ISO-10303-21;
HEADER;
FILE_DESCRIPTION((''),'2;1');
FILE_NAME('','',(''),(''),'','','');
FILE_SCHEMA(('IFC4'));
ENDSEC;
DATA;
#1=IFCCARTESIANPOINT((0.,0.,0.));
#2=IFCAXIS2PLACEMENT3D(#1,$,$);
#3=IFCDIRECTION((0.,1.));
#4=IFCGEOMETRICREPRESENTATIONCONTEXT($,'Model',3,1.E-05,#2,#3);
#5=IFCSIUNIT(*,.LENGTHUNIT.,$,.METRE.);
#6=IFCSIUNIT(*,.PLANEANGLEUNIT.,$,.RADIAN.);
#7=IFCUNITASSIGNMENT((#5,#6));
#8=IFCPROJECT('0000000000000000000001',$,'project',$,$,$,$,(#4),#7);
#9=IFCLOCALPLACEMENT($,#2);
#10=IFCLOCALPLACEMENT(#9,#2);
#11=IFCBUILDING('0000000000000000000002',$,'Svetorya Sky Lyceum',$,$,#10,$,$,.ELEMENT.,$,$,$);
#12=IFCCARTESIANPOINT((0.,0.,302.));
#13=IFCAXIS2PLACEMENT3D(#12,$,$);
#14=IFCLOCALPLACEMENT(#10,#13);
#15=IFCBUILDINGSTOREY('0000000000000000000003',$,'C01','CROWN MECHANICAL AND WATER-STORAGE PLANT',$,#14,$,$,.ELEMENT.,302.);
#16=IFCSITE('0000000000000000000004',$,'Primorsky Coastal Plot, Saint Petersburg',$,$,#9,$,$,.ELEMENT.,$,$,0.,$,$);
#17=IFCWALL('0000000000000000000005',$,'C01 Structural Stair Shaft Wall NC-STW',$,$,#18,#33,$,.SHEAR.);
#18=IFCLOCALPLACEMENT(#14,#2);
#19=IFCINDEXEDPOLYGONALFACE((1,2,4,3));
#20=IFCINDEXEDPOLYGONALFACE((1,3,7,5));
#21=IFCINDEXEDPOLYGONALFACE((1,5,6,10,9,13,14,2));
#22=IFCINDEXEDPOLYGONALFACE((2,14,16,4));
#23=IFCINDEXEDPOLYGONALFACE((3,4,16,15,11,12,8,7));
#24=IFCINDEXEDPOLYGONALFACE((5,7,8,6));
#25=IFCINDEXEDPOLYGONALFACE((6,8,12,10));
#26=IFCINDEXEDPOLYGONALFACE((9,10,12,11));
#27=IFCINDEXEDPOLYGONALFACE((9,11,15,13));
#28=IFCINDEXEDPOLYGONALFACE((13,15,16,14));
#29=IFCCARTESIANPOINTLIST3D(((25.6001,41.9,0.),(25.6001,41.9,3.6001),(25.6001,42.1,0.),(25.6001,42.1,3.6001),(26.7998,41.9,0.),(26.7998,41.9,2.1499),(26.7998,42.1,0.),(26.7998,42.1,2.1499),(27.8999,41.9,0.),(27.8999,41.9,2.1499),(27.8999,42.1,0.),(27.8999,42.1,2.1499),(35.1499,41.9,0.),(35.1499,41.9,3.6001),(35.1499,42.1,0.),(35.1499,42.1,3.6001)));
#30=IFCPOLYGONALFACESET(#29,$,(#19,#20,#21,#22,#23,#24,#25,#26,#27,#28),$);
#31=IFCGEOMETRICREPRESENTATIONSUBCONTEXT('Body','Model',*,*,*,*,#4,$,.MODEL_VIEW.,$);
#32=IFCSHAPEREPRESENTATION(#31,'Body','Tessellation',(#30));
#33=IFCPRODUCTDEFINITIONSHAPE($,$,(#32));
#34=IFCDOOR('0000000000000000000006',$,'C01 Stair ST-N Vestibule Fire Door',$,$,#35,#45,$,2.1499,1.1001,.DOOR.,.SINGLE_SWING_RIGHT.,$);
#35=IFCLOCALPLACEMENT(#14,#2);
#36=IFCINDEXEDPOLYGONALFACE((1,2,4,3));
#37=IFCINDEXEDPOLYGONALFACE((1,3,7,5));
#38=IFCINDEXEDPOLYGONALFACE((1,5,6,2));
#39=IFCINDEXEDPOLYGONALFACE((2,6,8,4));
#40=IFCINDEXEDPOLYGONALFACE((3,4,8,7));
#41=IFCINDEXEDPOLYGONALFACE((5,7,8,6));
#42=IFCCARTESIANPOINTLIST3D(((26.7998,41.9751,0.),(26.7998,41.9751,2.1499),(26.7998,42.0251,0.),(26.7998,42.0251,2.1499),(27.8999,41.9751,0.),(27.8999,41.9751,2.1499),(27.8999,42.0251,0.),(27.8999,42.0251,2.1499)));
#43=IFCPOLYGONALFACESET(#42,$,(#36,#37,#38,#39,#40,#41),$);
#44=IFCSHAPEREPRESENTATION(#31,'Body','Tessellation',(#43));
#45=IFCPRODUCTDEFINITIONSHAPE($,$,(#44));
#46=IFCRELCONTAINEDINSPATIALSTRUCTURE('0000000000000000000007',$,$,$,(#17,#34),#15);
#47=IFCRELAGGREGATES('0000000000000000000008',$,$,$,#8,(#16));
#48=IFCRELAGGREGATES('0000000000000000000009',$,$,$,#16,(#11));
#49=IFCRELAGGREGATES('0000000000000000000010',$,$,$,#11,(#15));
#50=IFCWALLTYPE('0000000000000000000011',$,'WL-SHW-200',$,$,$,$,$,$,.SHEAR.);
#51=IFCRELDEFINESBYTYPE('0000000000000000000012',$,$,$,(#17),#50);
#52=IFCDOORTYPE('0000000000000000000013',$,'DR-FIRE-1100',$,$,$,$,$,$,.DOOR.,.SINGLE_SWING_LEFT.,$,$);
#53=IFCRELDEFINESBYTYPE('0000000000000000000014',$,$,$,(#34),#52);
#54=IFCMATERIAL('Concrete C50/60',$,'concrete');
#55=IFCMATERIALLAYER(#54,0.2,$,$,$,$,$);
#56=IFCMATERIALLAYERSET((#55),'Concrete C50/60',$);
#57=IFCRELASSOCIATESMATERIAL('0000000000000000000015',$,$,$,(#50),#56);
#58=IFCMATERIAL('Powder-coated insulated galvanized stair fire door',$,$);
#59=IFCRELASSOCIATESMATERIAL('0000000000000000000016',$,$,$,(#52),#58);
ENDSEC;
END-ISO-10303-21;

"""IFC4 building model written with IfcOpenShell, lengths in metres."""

from ifc_helpers import new_model, si_unit, direction, frame, frame_2d, origin, place, context, subcontext, project, spatial, rectangle, extrude, material, layer, layer_set, type_object, element, fill, save


model = new_model("IFC4")

# Units and contexts
model_context = context("Model", 3, precision=1e-05, world=origin(), true_north=direction((0.0, 1.0)))
body_context = subcontext(model_context, "Body", "Model", "MODEL_VIEW")
ifc_project = project(units=[si_unit("LENGTHUNIT", "METRE"), si_unit("PLANEANGLEUNIT", "RADIAN")], contexts=[model_context])

# Site, building, storey
site_placement = place(None, origin())
site = spatial("IfcSite", under=ifc_project, at=site_placement, Name="Primorsky Coastal Plot, Saint Petersburg", CompositionType="ELEMENT", RefElevation=0.0)
building_placement = place(site_placement, origin())
building = spatial("IfcBuilding", under=site, at=building_placement, Name="Svetorya Sky Lyceum", CompositionType="ELEMENT")
storey_placement = place(building_placement, frame((0.0, 0.0, 302.0)))
storey = spatial("IfcBuildingStorey", under=building, at=storey_placement, Name="C01", Description="CROWN MECHANICAL AND WATER-STORAGE PLANT", CompositionType="ELEMENT", Elevation=302.0)

# Wall, opening, door
ifc_material_1 = material(Name="Concrete C50/60", Category="concrete")
ifc_layer_1 = layer(ifc_material_1, 0.2)
ifc_layer_set_1 = layer_set([ifc_layer_1], Name="Concrete C50/60")
wall_type_1 = type_object("IfcWallType", Name="WL-SHW-200", PredefinedType="SHEAR", material=ifc_layer_set_1)
wall_1_placement = place(storey_placement, frame((35.1499, 42.0, 0.0), z_axis=(0.0, 0.0, 1.0), x_axis=(-1.0, 0.0, 0.0)))
wall_1 = element("IfcWall", 1, at=wall_1_placement, inside=storey, type_object=wall_type_1, Name="C01 Structural Stair Shaft Wall NC-STW", PredefinedType="SHEAR", context=body_context, shape_type="SweptSolid", body=[
    extrude(rectangle(XDim=9.5498, YDim=0.2, at=frame_2d((4.7749, 0.0))), origin(), (0.0, 0.0, 1.0), 3.6001),
])
opening_1_placement = place(wall_1_placement, frame((7.25, 0.0, 0.0)))
opening_1 = element("IfcOpeningElement", 2, at=opening_1_placement, cuts=wall_1, PredefinedType="OPENING", context=body_context, shape_type="SweptSolid", body=[
    extrude(rectangle(XDim=1.1001, YDim=2.1499, at=frame_2d((0.55, 1.075))), frame((0.0, 0.1099, 0.0), z_axis=(0.0, -1.0, 0.0), x_axis=(1.0, 0.0, 0.0)), (0.0, 0.0, 1.0), 0.22),
])
ifc_material_2 = material(Name="Powder-coated insulated galvanized stair fire door")
door_type_1 = type_object("IfcDoorType", Name="DR-FIRE-1100", OperationType="SINGLE_SWING_LEFT", PredefinedType="DOOR", material=ifc_material_2)
door_1_placement = place(opening_1_placement, origin())
door_1 = element("IfcDoor", 3, at=door_1_placement, inside=storey, type_object=door_type_1, Name="C01 Stair ST-N Vestibule Fire Door", OperationType="SINGLE_SWING_RIGHT", OverallHeight=2.1499, OverallWidth=1.1001, PredefinedType="DOOR", context=body_context, shape_type="SweptSolid", body=[
    extrude(rectangle(XDim=1.1001, YDim=2.1499, at=frame_2d((0.55, 1.075))), frame((0.0, 0.0249, 0.0), z_axis=(0.0, -1.0, 0.0), x_axis=(1.0, 0.0, 0.0)), (0.0, 0.0, 1.0), 0.05),
])
fill(opening_1, door_1)

save(model, "model.ifc")
